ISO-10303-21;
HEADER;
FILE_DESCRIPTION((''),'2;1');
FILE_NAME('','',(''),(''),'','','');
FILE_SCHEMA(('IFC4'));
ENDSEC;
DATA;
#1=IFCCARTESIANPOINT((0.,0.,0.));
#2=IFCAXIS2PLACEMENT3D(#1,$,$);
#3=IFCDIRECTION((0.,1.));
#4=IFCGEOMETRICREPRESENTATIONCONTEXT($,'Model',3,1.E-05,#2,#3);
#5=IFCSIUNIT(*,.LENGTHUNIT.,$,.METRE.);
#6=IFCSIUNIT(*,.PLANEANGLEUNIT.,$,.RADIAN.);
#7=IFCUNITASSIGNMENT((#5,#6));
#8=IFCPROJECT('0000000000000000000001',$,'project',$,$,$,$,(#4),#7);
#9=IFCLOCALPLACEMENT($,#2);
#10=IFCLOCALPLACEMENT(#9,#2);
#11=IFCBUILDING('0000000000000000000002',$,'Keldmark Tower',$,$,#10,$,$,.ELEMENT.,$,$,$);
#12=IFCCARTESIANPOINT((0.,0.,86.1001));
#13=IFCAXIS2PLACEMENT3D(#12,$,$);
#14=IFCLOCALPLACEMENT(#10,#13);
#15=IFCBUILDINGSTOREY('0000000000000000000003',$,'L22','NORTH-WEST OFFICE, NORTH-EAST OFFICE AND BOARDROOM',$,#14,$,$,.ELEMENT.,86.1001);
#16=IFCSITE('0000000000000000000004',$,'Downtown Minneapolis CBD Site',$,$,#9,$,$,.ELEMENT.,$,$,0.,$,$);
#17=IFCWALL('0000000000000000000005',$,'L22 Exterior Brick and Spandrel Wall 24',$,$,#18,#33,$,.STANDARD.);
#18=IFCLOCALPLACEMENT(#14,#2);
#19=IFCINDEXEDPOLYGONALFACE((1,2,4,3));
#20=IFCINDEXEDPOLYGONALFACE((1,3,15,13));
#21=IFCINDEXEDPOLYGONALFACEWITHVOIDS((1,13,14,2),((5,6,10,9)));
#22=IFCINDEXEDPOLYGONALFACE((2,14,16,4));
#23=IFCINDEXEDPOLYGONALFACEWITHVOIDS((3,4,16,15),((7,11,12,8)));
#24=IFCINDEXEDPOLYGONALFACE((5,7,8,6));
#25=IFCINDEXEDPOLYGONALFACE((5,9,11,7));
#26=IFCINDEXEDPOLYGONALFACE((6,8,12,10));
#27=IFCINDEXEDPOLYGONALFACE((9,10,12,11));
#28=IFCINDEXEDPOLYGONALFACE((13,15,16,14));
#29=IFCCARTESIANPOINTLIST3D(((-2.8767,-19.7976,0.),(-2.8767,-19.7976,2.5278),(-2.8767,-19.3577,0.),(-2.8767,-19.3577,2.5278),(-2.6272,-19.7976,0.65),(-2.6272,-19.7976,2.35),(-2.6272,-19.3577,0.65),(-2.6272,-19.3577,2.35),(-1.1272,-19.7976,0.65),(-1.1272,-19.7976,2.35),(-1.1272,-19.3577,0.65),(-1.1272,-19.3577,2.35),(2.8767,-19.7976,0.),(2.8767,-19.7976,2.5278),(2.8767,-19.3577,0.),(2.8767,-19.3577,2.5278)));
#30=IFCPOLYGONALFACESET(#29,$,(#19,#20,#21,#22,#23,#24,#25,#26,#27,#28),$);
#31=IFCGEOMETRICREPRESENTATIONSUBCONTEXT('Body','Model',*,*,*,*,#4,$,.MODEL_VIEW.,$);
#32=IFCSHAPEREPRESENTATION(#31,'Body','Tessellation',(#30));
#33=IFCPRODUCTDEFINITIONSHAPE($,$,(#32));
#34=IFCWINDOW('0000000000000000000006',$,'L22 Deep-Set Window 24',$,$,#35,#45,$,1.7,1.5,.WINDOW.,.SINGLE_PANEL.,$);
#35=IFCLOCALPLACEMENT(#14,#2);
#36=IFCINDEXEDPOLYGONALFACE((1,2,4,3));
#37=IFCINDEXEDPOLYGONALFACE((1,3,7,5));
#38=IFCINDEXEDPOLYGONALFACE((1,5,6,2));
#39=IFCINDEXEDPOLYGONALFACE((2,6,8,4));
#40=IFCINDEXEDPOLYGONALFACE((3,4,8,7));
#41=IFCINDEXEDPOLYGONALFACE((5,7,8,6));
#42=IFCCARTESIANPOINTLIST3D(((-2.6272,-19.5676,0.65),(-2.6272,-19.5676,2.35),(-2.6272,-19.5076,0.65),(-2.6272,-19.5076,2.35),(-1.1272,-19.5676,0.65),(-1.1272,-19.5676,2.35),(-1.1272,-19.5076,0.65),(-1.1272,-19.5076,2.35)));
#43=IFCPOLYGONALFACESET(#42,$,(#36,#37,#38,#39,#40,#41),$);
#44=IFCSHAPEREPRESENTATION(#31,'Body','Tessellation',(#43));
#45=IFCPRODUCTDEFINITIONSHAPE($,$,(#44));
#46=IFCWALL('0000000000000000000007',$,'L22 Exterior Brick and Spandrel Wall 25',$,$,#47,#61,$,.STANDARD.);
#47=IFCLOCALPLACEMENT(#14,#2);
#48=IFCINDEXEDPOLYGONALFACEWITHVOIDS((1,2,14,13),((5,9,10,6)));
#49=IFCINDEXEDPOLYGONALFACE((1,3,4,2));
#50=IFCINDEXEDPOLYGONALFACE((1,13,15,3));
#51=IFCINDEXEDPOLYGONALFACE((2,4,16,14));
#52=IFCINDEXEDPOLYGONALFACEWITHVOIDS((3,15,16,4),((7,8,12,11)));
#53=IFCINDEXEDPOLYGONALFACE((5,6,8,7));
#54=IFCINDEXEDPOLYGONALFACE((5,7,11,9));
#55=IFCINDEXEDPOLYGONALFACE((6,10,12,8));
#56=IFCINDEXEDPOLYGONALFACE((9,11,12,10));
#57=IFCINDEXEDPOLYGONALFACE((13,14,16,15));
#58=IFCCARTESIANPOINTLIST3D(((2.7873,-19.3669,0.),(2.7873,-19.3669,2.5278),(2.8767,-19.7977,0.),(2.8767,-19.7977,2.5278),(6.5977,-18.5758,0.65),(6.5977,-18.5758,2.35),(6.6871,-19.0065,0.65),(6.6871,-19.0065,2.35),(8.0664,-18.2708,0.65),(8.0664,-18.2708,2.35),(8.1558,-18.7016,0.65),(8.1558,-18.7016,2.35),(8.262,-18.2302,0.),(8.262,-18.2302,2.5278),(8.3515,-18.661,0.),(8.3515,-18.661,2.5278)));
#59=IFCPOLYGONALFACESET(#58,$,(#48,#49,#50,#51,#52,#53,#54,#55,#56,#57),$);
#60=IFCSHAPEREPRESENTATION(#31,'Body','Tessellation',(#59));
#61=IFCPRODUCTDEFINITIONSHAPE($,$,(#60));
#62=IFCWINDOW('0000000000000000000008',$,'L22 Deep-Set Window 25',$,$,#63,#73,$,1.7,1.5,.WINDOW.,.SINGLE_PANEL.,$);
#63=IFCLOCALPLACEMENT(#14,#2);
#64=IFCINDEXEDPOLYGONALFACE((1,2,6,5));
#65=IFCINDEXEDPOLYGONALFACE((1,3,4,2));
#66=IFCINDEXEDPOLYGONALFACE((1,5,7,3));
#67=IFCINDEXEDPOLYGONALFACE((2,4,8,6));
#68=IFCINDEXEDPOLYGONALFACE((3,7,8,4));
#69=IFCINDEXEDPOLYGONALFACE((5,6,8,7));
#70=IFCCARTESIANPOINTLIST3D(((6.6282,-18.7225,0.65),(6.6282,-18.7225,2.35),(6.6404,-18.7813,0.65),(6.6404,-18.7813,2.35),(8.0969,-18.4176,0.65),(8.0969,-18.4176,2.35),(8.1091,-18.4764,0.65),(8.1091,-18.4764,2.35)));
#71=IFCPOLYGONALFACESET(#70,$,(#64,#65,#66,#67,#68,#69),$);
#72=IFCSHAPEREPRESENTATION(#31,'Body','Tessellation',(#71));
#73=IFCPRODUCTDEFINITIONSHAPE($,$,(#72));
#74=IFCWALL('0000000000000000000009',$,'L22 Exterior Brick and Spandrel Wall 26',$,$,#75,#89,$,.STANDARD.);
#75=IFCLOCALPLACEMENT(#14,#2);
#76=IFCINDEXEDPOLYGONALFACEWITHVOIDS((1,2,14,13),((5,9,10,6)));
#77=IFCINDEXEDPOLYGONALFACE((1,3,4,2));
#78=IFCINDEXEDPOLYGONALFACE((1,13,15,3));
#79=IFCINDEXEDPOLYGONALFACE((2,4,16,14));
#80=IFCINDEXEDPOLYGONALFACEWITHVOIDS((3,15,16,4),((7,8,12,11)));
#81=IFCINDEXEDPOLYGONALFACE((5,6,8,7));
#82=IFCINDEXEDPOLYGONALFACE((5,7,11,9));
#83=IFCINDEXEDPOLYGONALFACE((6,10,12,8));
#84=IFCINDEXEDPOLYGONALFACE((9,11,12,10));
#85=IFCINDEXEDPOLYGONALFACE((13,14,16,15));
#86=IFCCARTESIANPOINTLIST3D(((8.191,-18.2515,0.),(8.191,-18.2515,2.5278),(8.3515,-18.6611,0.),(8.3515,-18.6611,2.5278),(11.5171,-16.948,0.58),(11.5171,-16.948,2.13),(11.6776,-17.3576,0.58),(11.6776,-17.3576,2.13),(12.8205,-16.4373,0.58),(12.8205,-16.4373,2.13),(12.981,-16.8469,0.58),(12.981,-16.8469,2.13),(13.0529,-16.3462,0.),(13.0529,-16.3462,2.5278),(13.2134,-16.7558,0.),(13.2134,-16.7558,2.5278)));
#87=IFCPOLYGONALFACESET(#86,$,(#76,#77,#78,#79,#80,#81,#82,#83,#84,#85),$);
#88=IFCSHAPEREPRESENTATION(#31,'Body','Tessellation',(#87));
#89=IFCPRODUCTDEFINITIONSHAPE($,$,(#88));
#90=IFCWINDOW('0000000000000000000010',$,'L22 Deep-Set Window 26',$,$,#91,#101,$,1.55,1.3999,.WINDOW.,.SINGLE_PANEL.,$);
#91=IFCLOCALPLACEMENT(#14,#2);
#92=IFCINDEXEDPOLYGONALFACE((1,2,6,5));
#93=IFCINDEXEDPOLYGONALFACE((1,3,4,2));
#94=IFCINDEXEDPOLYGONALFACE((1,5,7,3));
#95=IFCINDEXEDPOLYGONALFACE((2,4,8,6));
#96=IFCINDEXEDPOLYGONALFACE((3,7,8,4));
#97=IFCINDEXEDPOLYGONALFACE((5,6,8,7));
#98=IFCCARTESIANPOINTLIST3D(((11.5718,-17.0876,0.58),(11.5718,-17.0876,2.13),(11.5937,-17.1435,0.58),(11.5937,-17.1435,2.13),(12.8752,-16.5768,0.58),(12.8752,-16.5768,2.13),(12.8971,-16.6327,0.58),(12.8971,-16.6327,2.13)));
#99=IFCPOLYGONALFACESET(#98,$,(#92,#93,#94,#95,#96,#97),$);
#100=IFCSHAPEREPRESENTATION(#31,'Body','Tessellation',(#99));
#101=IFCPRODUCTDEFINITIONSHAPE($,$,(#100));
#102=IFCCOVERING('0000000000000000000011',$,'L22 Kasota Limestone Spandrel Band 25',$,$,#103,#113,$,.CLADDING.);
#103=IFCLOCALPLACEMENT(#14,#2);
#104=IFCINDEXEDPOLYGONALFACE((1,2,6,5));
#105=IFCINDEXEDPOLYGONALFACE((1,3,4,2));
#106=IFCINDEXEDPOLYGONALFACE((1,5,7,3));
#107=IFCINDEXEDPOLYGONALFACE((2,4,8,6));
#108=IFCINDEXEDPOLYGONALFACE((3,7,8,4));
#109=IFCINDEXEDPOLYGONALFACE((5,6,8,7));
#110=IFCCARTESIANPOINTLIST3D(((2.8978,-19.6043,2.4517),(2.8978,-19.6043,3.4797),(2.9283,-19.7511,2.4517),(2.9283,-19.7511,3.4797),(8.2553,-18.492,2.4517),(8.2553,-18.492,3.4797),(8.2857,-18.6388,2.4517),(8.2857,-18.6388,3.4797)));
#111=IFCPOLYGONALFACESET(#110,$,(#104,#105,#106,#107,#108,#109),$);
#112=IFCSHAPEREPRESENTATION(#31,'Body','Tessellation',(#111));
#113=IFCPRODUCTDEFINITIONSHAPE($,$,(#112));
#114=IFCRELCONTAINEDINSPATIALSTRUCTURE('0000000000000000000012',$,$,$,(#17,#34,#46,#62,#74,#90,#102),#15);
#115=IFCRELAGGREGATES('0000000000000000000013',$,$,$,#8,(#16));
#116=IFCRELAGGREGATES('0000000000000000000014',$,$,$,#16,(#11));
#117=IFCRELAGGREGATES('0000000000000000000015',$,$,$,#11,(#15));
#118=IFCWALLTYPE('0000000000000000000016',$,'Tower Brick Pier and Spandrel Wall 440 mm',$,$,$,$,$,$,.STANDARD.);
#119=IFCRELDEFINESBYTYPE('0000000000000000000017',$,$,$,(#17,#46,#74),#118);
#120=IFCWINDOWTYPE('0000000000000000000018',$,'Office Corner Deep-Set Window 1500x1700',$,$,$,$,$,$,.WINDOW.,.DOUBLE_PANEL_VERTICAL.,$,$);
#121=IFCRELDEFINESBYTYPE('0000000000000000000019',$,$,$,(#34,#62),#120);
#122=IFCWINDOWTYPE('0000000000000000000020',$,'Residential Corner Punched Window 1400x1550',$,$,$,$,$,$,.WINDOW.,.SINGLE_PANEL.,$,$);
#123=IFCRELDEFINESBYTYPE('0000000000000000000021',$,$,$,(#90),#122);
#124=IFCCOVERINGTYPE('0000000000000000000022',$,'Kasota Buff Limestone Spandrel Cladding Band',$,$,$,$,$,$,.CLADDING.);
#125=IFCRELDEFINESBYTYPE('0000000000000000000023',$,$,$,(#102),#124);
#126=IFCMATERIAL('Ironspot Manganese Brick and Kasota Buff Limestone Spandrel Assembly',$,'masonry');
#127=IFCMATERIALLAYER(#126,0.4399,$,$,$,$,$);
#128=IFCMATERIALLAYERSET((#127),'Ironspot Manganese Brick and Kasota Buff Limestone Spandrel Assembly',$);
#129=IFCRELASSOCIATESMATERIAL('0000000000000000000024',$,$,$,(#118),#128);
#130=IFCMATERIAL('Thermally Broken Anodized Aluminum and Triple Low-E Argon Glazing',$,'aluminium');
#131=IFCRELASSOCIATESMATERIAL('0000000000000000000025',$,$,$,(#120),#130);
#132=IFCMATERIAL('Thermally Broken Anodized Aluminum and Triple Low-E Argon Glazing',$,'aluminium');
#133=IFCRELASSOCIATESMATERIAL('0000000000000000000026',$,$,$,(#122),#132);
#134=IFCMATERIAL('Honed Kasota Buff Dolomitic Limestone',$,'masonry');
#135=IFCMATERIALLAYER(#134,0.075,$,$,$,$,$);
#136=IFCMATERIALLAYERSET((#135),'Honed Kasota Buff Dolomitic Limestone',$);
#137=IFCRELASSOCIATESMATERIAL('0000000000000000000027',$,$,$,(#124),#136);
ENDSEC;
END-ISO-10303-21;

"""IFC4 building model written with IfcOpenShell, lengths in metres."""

from ifc_helpers import new_model, si_unit, direction, frame, frame_2d, origin, origin_2d, place, context, subcontext, project, spatial, rectangle, extrude, material, layer, layer_set, type_object, element, fill, save


model = new_model("IFC4")

# Units and contexts
model_context = context("Model", 3, precision=1e-05, world=origin(), true_north=direction((0.0, 1.0)))
body_context = subcontext(model_context, "Body", "Model", "MODEL_VIEW")
ifc_project = project(units=[si_unit("LENGTHUNIT", "METRE"), si_unit("PLANEANGLEUNIT", "RADIAN")], contexts=[model_context])

# Site, building, storey
site_placement = place(None, origin())
site = spatial("IfcSite", under=ifc_project, at=site_placement, Name="Downtown Minneapolis CBD Site", CompositionType="ELEMENT", RefElevation=0.0)
building_placement = place(site_placement, origin())
building = spatial("IfcBuilding", under=site, at=building_placement, Name="Keldmark Tower", CompositionType="ELEMENT")
storey_placement = place(building_placement, frame((0.0, 0.0, 86.1001)))
storey = spatial("IfcBuildingStorey", under=building, at=storey_placement, Name="L22", Description="NORTH-WEST OFFICE, NORTH-EAST OFFICE AND BOARDROOM", CompositionType="ELEMENT", Elevation=86.1001)

# Walls, openings, windows
ifc_material_1 = material(Name="Ironspot Manganese Brick and Kasota Buff Limestone Spandrel Assembly", Category="masonry")
ifc_layer_1 = layer(ifc_material_1, 0.4399)
ifc_layer_set_1 = layer_set([ifc_layer_1], Name="Ironspot Manganese Brick and Kasota Buff Limestone Spandrel Assembly")
wall_type_1 = type_object("IfcWallType", Name="Tower Brick Pier and Spandrel Wall 440 mm", PredefinedType="STANDARD", material=ifc_layer_set_1)
wall_1_placement = place(storey_placement, frame((2.8767, -19.5776, 0.0), z_axis=(0.0, 0.0, 1.0), x_axis=(-1.0, 0.0, 0.0)))
wall_1 = element("IfcWall", 1, at=wall_1_placement, inside=storey, type_object=wall_type_1, Name="L22 Exterior Brick and Spandrel Wall 24", PredefinedType="STANDARD", context=body_context, shape_type="SweptSolid", body=[
    extrude(rectangle(XDim=5.7534, YDim=0.4399, at=frame_2d((2.8767, 0.0))), origin(), (0.0, 0.0, 1.0), 2.5278),
])
opening_1_placement = place(wall_1_placement, frame((4.0039, 0.0, 0.6499)))
opening_1 = element("IfcOpeningElement", 2, at=opening_1_placement, cuts=wall_1, PredefinedType="OPENING", context=body_context, shape_type="SweptSolid", body=[
    extrude(rectangle(XDim=1.5, YDim=1.7, at=frame_2d((0.75, 0.8501))), frame((0.0, 0.23, 0.0), z_axis=(0.0, -1.0, 0.0), x_axis=(1.0, 0.0, 0.0)), (0.0, 0.0, 1.0), 0.46),
])
ifc_material_2 = material(Name="Thermally Broken Anodized Aluminum and Triple Low-E Argon Glazing", Category="aluminium")
window_type_1 = type_object("IfcWindowType", Name="Office Corner Deep-Set Window 1500x1700", PartitioningType="DOUBLE_PANEL_VERTICAL", PredefinedType="WINDOW", material=ifc_material_2)
window_1_placement = place(opening_1_placement, origin())
window_1 = element("IfcWindow", 3, at=window_1_placement, inside=storey, type_object=window_type_1, Name="L22 Deep-Set Window 24", OverallHeight=1.7, OverallWidth=1.5, PartitioningType="SINGLE_PANEL", PredefinedType="WINDOW", context=body_context, shape_type="SweptSolid", body=[
    extrude(rectangle(XDim=1.5, YDim=1.7, at=frame_2d((0.75, 0.8501))), frame((0.0, -0.01, 0.0), z_axis=(0.0, -1.0, 0.0), x_axis=(1.0, 0.0, 0.0)), (0.0, 0.0, 1.0), 0.0601),
])
fill(opening_1, window_1)
wall_2_placement = place(storey_placement, frame((8.3069, -18.4456, 0.0), z_axis=(0.0, 0.0, 1.0), x_axis=(-0.979119, -0.20329, 0.0)))
wall_2 = element("IfcWall", 4, at=wall_2_placement, inside=storey, type_object=wall_type_1, Name="L22 Exterior Brick and Spandrel Wall 25", PredefinedType="STANDARD", context=body_context, shape_type="SweptSolid", body=[
    extrude(rectangle(XDim=5.5916, YDim=0.4399, at=frame_2d((2.7959, 0.0))), origin(), (0.0, 0.0, 1.0), 2.5278),
])
opening_2_placement = place(wall_2_placement, frame((0.2, 0.0, 0.6499)))
opening_2 = element("IfcOpeningElement", 5, at=opening_2_placement, cuts=wall_2, PredefinedType="OPENING", context=body_context, shape_type="SweptSolid", body=[
    extrude(rectangle(XDim=1.5, YDim=1.7, at=frame_2d((0.75, 0.8501))), frame((0.0, 0.23, 0.0), z_axis=(0.0, -1.0, 0.0), x_axis=(1.0, 0.0, 0.0)), (0.0, 0.0, 1.0), 0.46),
])
window_2_placement = place(opening_2_placement, origin())
window_2 = element("IfcWindow", 6, at=window_2_placement, inside=storey, type_object=window_type_1, Name="L22 Deep-Set Window 25", OverallHeight=1.7, OverallWidth=1.5, PartitioningType="SINGLE_PANEL", PredefinedType="WINDOW", context=body_context, shape_type="SweptSolid", body=[
    extrude(rectangle(XDim=1.5, YDim=1.7, at=frame_2d((0.75, 0.8501))), frame((0.0, -0.01, 0.0), z_axis=(0.0, -1.0, 0.0), x_axis=(1.0, 0.0, 0.0)), (0.0, 0.0, 1.0), 0.0601),
])
fill(opening_2, window_2)
wall_3_placement = place(storey_placement, frame((13.1331, -16.551, 0.0), z_axis=(0.0, 0.0, 1.0), x_axis=(-0.931059, -0.364868, 0.0)))
wall_3 = element("IfcWall", 7, at=wall_3_placement, inside=storey, type_object=wall_type_1, Name="L22 Exterior Brick and Spandrel Wall 26", PredefinedType="STANDARD", context=body_context, shape_type="SweptSolid", body=[
    extrude(rectangle(XDim=5.2219, YDim=0.4399, at=frame_2d((2.6108, 0.0))), origin(), (0.0, 0.0, 1.0), 2.5278),
])
opening_3_placement = place(wall_3_placement, frame((0.2495, 0.0, 0.5801)))
opening_3 = element("IfcOpeningElement", 8, at=opening_3_placement, cuts=wall_3, PredefinedType="OPENING", context=body_context, shape_type="SweptSolid", body=[
    extrude(rectangle(XDim=1.3999, YDim=1.55, at=frame_2d((0.7, 0.7749))), frame((0.0, 0.23, 0.0), z_axis=(0.0, -1.0, 0.0), x_axis=(1.0, 0.0, 0.0)), (0.0, 0.0, 1.0), 0.46),
])
ifc_material_3 = material(Name="Thermally Broken Anodized Aluminum and Triple Low-E Argon Glazing", Category="aluminium")
window_type_2 = type_object("IfcWindowType", Name="Residential Corner Punched Window 1400x1550", PartitioningType="SINGLE_PANEL", PredefinedType="WINDOW", material=ifc_material_3)
window_3_placement = place(opening_3_placement, origin())
window_3 = element("IfcWindow", 9, at=window_3_placement, inside=storey, type_object=window_type_2, Name="L22 Deep-Set Window 26", OverallHeight=1.55, OverallWidth=1.3999, PartitioningType="SINGLE_PANEL", PredefinedType="WINDOW", context=body_context, shape_type="SweptSolid", body=[
    extrude(rectangle(XDim=1.3999, YDim=1.55, at=frame_2d((0.7, 0.7749))), frame((0.0, -0.01, 0.0), z_axis=(0.0, -1.0, 0.0), x_axis=(1.0, 0.0, 0.0)), (0.0, 0.0, 1.0), 0.0601),
])
fill(opening_3, window_3)

# Covering
ifc_material_4 = material(Name="Honed Kasota Buff Dolomitic Limestone", Category="masonry")
ifc_layer_2 = layer(ifc_material_4, 0.075)
ifc_layer_set_2 = layer_set([ifc_layer_2], Name="Honed Kasota Buff Dolomitic Limestone")
covering_type = type_object("IfcCoveringType", Name="Kasota Buff Limestone Spandrel Cladding Band", PredefinedType="CLADDING", material=ifc_layer_set_2)
covering_placement = place(storey_placement, frame((5.5918, -19.1216, 2.4517), z_axis=(0.0, 0.0, 1.0), x_axis=(0.97912, 0.203283, 0.0)))
element("IfcCovering", 10, at=covering_placement, inside=storey, type_object=covering_type, Name="L22 Kasota Limestone Spandrel Band 25", PredefinedType="CLADDING", context=body_context, shape_type="SweptSolid", body=[
    extrude(rectangle(XDim=5.4717, YDim=0.1499, at=origin_2d()), origin(), (0.0, 0.0, 1.0), 1.0281),
])

save(model, "model.ifc")
